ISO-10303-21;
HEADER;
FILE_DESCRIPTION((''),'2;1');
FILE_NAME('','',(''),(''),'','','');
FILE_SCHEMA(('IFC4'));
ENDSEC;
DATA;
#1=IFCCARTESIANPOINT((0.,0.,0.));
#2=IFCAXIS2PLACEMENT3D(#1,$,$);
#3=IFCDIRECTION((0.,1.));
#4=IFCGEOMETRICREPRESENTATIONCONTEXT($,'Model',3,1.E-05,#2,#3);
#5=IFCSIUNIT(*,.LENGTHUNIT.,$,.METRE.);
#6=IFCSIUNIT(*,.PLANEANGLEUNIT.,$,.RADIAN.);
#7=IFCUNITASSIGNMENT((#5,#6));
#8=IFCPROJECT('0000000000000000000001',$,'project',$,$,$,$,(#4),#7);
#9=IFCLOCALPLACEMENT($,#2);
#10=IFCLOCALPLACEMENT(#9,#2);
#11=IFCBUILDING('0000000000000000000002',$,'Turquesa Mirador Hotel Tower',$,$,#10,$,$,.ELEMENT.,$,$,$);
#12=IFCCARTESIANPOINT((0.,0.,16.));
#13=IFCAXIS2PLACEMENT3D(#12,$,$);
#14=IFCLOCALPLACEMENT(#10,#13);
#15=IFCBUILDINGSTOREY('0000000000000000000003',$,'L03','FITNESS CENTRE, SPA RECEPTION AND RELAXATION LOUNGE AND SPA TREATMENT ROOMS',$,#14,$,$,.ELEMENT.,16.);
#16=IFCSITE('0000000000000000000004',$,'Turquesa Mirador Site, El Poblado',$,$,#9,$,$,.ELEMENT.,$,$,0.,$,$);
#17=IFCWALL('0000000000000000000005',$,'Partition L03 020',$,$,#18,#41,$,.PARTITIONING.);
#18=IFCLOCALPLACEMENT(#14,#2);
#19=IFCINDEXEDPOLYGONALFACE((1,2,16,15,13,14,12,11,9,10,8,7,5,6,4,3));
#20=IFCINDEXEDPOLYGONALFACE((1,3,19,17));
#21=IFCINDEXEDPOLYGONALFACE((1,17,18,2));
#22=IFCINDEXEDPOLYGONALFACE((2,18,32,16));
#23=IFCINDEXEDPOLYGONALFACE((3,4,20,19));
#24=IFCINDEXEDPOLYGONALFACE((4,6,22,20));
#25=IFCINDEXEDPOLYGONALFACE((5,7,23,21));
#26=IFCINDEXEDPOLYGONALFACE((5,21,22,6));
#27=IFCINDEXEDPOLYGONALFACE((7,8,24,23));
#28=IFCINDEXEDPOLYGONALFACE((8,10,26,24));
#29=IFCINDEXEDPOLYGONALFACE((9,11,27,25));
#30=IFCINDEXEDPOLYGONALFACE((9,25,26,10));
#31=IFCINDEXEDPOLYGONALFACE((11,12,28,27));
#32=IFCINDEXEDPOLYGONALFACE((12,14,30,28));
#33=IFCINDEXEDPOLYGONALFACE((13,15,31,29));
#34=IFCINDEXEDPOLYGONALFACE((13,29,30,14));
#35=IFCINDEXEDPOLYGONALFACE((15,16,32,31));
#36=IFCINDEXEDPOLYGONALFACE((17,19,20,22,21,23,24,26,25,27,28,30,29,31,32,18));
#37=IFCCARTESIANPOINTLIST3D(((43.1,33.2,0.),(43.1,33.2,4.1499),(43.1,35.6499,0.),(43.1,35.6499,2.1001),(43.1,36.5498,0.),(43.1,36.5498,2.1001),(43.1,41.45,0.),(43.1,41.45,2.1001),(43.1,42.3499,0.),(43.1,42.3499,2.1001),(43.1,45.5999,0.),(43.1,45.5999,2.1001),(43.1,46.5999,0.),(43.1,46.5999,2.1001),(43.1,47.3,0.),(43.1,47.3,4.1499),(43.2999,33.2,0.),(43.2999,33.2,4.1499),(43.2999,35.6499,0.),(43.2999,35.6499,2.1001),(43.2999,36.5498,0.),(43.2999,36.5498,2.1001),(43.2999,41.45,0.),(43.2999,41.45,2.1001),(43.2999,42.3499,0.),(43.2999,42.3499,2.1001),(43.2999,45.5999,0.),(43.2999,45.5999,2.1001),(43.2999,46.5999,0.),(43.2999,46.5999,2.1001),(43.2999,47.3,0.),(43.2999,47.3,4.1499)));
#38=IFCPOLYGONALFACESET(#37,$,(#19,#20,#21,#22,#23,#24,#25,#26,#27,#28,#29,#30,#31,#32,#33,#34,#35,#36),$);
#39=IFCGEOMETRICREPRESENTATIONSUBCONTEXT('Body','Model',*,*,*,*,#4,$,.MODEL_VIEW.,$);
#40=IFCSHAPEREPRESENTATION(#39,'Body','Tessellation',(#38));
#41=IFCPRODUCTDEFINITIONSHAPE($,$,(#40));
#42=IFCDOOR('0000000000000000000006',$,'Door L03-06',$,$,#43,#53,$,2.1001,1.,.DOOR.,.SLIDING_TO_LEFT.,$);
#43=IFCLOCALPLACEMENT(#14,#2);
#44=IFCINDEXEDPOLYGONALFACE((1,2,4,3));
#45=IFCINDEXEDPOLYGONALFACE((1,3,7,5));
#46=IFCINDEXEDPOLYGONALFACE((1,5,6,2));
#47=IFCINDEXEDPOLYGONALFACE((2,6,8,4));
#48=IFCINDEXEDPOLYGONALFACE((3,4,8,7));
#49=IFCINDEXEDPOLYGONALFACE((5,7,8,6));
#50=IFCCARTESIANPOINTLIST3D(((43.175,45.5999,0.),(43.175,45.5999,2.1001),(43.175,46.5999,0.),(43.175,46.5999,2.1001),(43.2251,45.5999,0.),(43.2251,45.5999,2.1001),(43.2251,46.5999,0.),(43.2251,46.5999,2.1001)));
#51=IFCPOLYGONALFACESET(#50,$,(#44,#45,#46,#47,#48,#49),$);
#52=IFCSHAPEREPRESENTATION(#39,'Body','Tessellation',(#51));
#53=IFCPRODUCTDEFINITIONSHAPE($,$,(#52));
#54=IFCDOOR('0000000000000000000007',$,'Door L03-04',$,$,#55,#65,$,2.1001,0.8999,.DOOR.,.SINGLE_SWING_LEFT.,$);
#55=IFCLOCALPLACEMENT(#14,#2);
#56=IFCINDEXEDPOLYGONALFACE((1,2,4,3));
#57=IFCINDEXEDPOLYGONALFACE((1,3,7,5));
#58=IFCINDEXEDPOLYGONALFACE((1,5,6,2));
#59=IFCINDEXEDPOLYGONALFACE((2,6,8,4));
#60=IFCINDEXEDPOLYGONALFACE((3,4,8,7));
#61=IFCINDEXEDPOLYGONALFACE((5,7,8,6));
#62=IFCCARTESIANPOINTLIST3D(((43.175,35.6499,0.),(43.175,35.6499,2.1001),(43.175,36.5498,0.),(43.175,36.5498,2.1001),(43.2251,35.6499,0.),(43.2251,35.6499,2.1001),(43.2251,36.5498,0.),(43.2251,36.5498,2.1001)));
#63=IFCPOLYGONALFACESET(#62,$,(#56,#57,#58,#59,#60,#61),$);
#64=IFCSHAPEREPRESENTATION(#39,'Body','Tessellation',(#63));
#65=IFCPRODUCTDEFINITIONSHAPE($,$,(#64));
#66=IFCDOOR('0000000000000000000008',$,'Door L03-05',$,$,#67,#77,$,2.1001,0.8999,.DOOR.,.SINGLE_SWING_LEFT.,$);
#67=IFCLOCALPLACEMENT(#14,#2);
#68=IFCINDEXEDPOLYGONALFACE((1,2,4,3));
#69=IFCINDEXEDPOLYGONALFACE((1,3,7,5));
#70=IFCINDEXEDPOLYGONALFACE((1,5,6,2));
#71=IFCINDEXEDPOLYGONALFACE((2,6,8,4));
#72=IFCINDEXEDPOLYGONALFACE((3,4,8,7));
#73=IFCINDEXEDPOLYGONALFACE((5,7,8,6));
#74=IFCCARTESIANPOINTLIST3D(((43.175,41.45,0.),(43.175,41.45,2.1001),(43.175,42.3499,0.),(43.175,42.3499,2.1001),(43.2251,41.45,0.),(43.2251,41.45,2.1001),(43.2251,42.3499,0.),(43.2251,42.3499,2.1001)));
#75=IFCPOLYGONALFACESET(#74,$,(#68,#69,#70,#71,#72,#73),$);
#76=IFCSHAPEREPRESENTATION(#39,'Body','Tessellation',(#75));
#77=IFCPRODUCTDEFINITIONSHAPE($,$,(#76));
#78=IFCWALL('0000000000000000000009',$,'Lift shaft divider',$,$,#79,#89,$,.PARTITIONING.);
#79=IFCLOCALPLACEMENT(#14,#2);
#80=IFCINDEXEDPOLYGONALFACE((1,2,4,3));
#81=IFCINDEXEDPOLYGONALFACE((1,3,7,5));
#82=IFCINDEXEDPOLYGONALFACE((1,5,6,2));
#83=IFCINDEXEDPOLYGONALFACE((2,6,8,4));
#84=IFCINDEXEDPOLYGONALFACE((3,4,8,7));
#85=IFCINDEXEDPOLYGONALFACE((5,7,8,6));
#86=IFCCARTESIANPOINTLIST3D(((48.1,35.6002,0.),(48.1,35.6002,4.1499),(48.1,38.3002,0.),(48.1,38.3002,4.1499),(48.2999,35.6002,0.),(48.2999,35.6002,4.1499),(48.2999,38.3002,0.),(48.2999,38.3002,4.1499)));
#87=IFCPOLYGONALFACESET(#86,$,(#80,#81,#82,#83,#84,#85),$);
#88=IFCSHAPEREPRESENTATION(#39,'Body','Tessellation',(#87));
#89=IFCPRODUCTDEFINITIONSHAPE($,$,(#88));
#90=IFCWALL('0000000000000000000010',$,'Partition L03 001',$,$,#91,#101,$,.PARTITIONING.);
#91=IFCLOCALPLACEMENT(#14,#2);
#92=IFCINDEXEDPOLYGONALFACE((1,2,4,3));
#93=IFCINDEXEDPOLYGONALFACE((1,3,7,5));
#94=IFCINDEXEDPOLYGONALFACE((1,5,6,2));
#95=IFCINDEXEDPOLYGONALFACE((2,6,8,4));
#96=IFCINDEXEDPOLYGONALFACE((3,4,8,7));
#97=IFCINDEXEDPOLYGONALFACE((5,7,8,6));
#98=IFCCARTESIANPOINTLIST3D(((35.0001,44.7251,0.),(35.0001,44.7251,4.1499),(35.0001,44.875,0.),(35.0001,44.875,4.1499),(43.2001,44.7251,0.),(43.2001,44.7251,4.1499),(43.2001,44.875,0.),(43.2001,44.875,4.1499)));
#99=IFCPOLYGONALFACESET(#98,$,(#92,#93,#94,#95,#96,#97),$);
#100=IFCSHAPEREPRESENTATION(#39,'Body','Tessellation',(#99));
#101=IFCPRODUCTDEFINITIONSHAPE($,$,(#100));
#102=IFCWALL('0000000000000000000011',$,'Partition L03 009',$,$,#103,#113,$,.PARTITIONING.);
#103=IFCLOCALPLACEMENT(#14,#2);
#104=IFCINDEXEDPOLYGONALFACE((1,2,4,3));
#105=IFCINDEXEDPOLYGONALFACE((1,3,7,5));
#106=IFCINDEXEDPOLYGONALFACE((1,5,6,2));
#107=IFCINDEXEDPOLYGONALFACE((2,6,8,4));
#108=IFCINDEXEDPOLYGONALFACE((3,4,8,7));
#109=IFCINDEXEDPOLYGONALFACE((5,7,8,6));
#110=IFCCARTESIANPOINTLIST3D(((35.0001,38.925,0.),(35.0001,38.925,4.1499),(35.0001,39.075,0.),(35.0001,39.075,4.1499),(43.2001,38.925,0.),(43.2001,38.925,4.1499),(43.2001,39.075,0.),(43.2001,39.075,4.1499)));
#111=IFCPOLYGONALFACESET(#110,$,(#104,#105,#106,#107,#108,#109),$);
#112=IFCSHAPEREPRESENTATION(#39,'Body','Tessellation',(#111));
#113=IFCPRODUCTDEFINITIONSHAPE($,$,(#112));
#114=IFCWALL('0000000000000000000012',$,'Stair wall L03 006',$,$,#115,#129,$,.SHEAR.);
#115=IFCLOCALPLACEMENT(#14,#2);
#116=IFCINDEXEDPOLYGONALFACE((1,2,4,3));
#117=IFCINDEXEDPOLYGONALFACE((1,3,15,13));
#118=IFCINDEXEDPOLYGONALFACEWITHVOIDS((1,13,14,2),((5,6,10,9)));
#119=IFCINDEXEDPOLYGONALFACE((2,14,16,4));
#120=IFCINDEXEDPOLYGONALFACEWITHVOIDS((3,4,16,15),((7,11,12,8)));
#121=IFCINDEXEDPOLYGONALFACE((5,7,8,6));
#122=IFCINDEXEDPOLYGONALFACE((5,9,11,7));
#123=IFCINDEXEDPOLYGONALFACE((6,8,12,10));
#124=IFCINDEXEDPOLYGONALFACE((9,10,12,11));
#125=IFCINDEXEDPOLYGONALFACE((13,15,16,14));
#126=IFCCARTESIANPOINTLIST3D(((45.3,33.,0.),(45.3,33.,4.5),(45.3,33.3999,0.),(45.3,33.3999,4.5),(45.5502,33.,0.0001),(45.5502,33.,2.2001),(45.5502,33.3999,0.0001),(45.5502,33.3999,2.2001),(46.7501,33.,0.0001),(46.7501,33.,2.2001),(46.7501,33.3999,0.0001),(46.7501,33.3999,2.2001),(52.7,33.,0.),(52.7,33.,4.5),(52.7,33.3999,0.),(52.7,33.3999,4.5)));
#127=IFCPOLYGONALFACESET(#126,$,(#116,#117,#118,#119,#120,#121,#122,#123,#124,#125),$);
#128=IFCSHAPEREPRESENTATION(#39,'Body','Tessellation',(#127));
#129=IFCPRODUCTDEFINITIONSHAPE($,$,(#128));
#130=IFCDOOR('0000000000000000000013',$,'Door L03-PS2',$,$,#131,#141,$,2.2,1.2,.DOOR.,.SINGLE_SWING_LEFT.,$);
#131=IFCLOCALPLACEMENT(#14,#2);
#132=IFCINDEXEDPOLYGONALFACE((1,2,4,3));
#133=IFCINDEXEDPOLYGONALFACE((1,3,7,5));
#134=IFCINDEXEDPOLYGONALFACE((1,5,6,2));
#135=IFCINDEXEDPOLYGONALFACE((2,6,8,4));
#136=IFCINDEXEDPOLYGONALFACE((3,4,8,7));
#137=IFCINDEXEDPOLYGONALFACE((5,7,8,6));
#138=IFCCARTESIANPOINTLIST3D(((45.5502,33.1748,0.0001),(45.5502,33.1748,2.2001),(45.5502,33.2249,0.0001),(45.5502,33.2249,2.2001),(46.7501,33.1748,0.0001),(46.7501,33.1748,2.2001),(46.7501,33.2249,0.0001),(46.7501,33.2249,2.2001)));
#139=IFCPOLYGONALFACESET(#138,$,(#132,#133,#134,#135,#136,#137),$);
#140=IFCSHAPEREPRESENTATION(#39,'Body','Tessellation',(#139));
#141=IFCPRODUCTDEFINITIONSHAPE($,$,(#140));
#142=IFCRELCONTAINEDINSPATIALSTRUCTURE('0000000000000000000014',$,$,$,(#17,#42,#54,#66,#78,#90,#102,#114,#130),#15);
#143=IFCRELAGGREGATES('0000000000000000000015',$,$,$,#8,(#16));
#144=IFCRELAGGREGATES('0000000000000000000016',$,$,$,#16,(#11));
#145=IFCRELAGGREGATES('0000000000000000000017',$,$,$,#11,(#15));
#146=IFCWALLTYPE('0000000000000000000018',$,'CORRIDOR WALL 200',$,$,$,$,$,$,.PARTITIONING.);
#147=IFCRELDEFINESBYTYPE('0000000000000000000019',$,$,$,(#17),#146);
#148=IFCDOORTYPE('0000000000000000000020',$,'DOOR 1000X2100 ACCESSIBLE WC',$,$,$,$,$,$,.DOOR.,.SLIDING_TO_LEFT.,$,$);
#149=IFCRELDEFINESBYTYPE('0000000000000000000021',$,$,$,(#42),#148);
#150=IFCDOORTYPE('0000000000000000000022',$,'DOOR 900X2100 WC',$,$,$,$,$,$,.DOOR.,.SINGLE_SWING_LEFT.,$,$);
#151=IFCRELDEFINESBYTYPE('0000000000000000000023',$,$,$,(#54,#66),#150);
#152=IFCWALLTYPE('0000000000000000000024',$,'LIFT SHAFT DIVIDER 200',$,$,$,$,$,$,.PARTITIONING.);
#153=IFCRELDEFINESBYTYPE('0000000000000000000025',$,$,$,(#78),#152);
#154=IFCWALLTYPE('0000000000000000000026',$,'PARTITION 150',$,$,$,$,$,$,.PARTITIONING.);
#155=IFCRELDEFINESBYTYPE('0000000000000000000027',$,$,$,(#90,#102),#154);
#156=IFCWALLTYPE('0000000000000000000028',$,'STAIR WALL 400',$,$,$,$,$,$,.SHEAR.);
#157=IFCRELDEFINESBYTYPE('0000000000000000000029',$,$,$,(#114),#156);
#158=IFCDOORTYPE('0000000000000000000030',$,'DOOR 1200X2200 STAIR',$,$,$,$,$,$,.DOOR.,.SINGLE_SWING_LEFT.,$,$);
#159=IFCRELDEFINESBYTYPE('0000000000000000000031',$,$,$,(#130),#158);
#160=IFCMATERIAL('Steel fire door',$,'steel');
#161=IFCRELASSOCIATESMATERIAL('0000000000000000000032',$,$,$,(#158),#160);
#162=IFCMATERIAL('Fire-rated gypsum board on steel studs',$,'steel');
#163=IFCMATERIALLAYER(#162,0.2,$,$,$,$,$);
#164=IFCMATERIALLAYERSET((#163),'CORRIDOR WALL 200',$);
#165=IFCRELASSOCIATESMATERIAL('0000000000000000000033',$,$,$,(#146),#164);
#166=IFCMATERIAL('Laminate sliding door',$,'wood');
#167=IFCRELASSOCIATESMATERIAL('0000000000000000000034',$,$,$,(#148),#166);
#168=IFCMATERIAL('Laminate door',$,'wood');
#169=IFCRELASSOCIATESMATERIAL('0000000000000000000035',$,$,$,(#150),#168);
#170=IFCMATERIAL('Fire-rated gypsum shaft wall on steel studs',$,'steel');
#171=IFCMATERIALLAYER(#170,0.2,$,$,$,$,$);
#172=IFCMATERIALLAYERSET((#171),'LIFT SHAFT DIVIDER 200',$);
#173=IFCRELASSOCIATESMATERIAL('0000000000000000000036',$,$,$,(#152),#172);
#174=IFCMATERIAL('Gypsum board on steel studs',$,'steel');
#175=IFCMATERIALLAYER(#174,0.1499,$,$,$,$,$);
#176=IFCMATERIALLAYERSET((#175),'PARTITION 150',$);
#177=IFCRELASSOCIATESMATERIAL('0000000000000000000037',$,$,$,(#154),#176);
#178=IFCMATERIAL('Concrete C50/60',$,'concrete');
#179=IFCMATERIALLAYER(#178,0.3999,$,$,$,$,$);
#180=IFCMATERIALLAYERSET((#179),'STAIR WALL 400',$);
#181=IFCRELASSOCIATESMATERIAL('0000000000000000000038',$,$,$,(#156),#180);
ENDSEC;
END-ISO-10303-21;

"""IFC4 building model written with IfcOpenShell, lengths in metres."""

from ifc_helpers import new_model, si_unit, direction, frame, frame_2d, origin, place, context, subcontext, project, spatial, rectangle, extrude, material, layer, layer_set, type_object, element, fill, save


model = new_model("IFC4")

# Units and contexts
model_context = context("Model", 3, precision=1e-05, world=origin(), true_north=direction((0.0, 1.0)))
body_context = subcontext(model_context, "Body", "Model", "MODEL_VIEW")
ifc_project = project(units=[si_unit("LENGTHUNIT", "METRE"), si_unit("PLANEANGLEUNIT", "RADIAN")], contexts=[model_context])

# Site, building, storey
site_placement = place(None, origin())
site = spatial("IfcSite", under=ifc_project, at=site_placement, Name="Turquesa Mirador Site, El Poblado", CompositionType="ELEMENT", RefElevation=0.0)
building_placement = place(site_placement, origin())
building = spatial("IfcBuilding", under=site, at=building_placement, Name="Turquesa Mirador Hotel Tower", CompositionType="ELEMENT")
storey_placement = place(building_placement, frame((0.0, 0.0, 16.0)))
storey = spatial("IfcBuildingStorey", under=building, at=storey_placement, Name="L03", Description="FITNESS CENTRE, SPA RECEPTION AND RELAXATION LOUNGE AND SPA TREATMENT ROOMS", CompositionType="ELEMENT", Elevation=16.0)

# Shared definitions
ifc_material_1 = material(Name="Steel fire door", Category="steel")
door_type_1 = type_object("IfcDoorType", Name="DOOR 1200X2200 STAIR", OperationType="SINGLE_SWING_LEFT", PredefinedType="DOOR", material=ifc_material_1)

# Shared definitions
ifc_material_2 = material(Name="Fire-rated gypsum board on steel studs", Category="steel")
ifc_layer_1 = layer(ifc_material_2, 0.2)
ifc_layer_set_1 = layer_set([ifc_layer_1], Name="CORRIDOR WALL 200")
wall_type_1 = type_object("IfcWallType", Name="CORRIDOR WALL 200", PredefinedType="PARTITIONING", material=ifc_layer_set_1)

# Wall, openings, doors
wall_1_placement = place(storey_placement, frame((43.2, 33.2, 0.0), z_axis=(0.0, 0.0, 1.0), x_axis=(0.0, 1.0, 0.0)))
wall_1 = element("IfcWall", 1, at=wall_1_placement, inside=storey, type_object=wall_type_1, Name="Partition L03 020", PredefinedType="PARTITIONING", context=body_context, shape_type="SweptSolid", body=[
    extrude(rectangle(XDim=14.1001, YDim=0.2, at=frame_2d((7.05, 0.0))), origin(), (0.0, 0.0, 1.0), 4.1499),
])
opening_1_placement = place(wall_1_placement, frame((12.3999, 0.0, 0.0)))
opening_1 = element("IfcOpeningElement", 2, at=opening_1_placement, cuts=wall_1, PredefinedType="OPENING", context=body_context, shape_type="SweptSolid", body=[
    extrude(rectangle(XDim=1.0, YDim=2.1001, at=frame_2d((0.5, 1.05))), frame((0.0, 0.1099, 0.0), z_axis=(0.0, -1.0, 0.0), x_axis=(1.0, 0.0, 0.0)), (0.0, 0.0, 1.0), 0.22),
])
opening_2_placement = place(wall_1_placement, frame((2.45, 0.0, 0.0)))
opening_2 = element("IfcOpeningElement", 3, at=opening_2_placement, cuts=wall_1, PredefinedType="OPENING", context=body_context, shape_type="SweptSolid", body=[
    extrude(rectangle(XDim=0.8999, YDim=2.1001, at=frame_2d((0.45, 1.05))), frame((0.0, 0.1099, 0.0), z_axis=(0.0, -1.0, 0.0), x_axis=(1.0, 0.0, 0.0)), (0.0, 0.0, 1.0), 0.22),
])
opening_3_placement = place(wall_1_placement, frame((8.25, 0.0, 0.0)))
opening_3 = element("IfcOpeningElement", 4, at=opening_3_placement, cuts=wall_1, PredefinedType="OPENING", context=body_context, shape_type="SweptSolid", body=[
    extrude(rectangle(XDim=0.8999, YDim=2.1001, at=frame_2d((0.45, 1.05))), frame((0.0, 0.1099, 0.0), z_axis=(0.0, -1.0, 0.0), x_axis=(1.0, 0.0, 0.0)), (0.0, 0.0, 1.0), 0.22),
])
ifc_material_3 = material(Name="Laminate sliding door", Category="wood")
door_type_2 = type_object("IfcDoorType", Name="DOOR 1000X2100 ACCESSIBLE WC", OperationType="SLIDING_TO_LEFT", PredefinedType="DOOR", material=ifc_material_3)
door_1_placement = place(opening_1_placement, origin())
door_1 = element("IfcDoor", 5, at=door_1_placement, inside=storey, type_object=door_type_2, Name="Door L03-06", OperationType="SLIDING_TO_LEFT", OverallHeight=2.1001, OverallWidth=1.0, PredefinedType="DOOR", context=body_context, shape_type="SweptSolid", body=[
    extrude(rectangle(XDim=1.0, YDim=2.1001, at=frame_2d((0.5, 1.05))), frame((0.0, 0.0249, 0.0), z_axis=(0.0, -1.0, 0.0), x_axis=(1.0, 0.0, 0.0)), (0.0, 0.0, 1.0), 0.05),
])
fill(opening_1, door_1)
ifc_material_4 = material(Name="Laminate door", Category="wood")
door_type_3 = type_object("IfcDoorType", Name="DOOR 900X2100 WC", OperationType="SINGLE_SWING_LEFT", PredefinedType="DOOR", material=ifc_material_4)
door_2_placement = place(opening_2_placement, origin())
door_2 = element("IfcDoor", 6, at=door_2_placement, inside=storey, type_object=door_type_3, Name="Door L03-04", OperationType="SINGLE_SWING_LEFT", OverallHeight=2.1001, OverallWidth=0.8999, PredefinedType="DOOR", context=body_context, shape_type="SweptSolid", body=[
    extrude(rectangle(XDim=0.8999, YDim=2.1001, at=frame_2d((0.45, 1.05))), frame((0.0, 0.0249, 0.0), z_axis=(0.0, -1.0, 0.0), x_axis=(1.0, 0.0, 0.0)), (0.0, 0.0, 1.0), 0.05),
])
fill(opening_2, door_2)
door_3_placement = place(opening_3_placement, origin())
door_3 = element("IfcDoor", 7, at=door_3_placement, inside=storey, type_object=door_type_3, Name="Door L03-05", OperationType="SINGLE_SWING_LEFT", OverallHeight=2.1001, OverallWidth=0.8999, PredefinedType="DOOR", context=body_context, shape_type="SweptSolid", body=[
    extrude(rectangle(XDim=0.8999, YDim=2.1001, at=frame_2d((0.45, 1.05))), frame((0.0, 0.0249, 0.0), z_axis=(0.0, -1.0, 0.0), x_axis=(1.0, 0.0, 0.0)), (0.0, 0.0, 1.0), 0.05),
])
fill(opening_3, door_3)

# Walls
ifc_material_5 = material(Name="Fire-rated gypsum shaft wall on steel studs", Category="steel")
ifc_layer_2 = layer(ifc_material_5, 0.2)
ifc_layer_set_2 = layer_set([ifc_layer_2], Name="LIFT SHAFT DIVIDER 200")
wall_type_2 = type_object("IfcWallType", Name="LIFT SHAFT DIVIDER 200", PredefinedType="PARTITIONING", material=ifc_layer_set_2)
wall_2_placement = place(storey_placement, frame((48.2, 35.6001, 0.0), z_axis=(0.0, 0.0, 1.0), x_axis=(0.0, 1.0, 0.0)))
element("IfcWall", 8, at=wall_2_placement, inside=storey, type_object=wall_type_2, Name="Lift shaft divider", PredefinedType="PARTITIONING", context=body_context, shape_type="SweptSolid", body=[
    extrude(rectangle(XDim=2.7, YDim=0.2, at=frame_2d((1.3501, 0.0))), origin(), (0.0, 0.0, 1.0), 4.1499),
])
ifc_material_6 = material(Name="Gypsum board on steel studs", Category="steel")
ifc_layer_3 = layer(ifc_material_6, 0.1499)
ifc_layer_set_3 = layer_set([ifc_layer_3], Name="PARTITION 150")
wall_type_3 = type_object("IfcWallType", Name="PARTITION 150", PredefinedType="PARTITIONING", material=ifc_layer_set_3)
for number, where, z_axis, x_axis, name in (
    (9, (35.0, 44.8, 0.0), (0.0, 0.0, 1.0), (1.0, 0.0, 0.0), "Partition L03 001"),
    (10, (35.0, 39.0, 0.0), (0.0, 0.0, 1.0), (1.0, 0.0, 0.0), "Partition L03 009"),
):
    element("IfcWall", number, at=place(storey_placement, frame(where, z_axis=z_axis, x_axis=x_axis)), inside=storey, type_object=wall_type_3, Name=name, PredefinedType="PARTITIONING", context=body_context, shape_type="SweptSolid", body=[
        extrude(rectangle(XDim=8.2, YDim=0.1499, at=frame_2d((4.1001, 0.0))), origin(), (0.0, 0.0, 1.0), 4.1499),
    ])

# Wall, opening, door
ifc_material_7 = material(Name="Concrete C50/60", Category="concrete")
ifc_layer_4 = layer(ifc_material_7, 0.3999)
ifc_layer_set_4 = layer_set([ifc_layer_4], Name="STAIR WALL 400")
wall_type_4 = type_object("IfcWallType", Name="STAIR WALL 400", PredefinedType="SHEAR", material=ifc_layer_set_4)
wall_3_placement = place(storey_placement, frame((45.3, 33.2, 0.0), z_axis=(0.0, 0.0, 1.0), x_axis=(1.0, 0.0, 0.0)))
wall_3 = element("IfcWall", 11, at=wall_3_placement, inside=storey, type_object=wall_type_4, Name="Stair wall L03 006", PredefinedType="SHEAR", context=body_context, shape_type="SweptSolid", body=[
    extrude(rectangle(XDim=7.3999, YDim=0.3999, at=frame_2d((3.7, 0.0))), origin(), (0.0, 0.0, 1.0), 4.5),
])
opening_4_placement = place(wall_3_placement, frame((0.25, 0.0, 0.0)))
opening_4 = element("IfcOpeningElement", 12, at=opening_4_placement, cuts=wall_3, PredefinedType="OPENING", context=body_context, shape_type="SweptSolid", body=[
    extrude(rectangle(XDim=1.2, YDim=2.2, at=frame_2d((0.6001, 1.1001))), frame((0.0, 0.21, 0.0), z_axis=(0.0, -1.0, 0.0), x_axis=(1.0, 0.0, 0.0)), (0.0, 0.0, 1.0), 0.4199),
])
door_4_placement = place(opening_4_placement, origin())
door_4 = element("IfcDoor", 13, at=door_4_placement, inside=storey, type_object=door_type_1, Name="Door L03-PS2", OperationType="SINGLE_SWING_LEFT", OverallHeight=2.2, OverallWidth=1.2, PredefinedType="DOOR", context=body_context, shape_type="SweptSolid", body=[
    extrude(rectangle(XDim=1.2, YDim=2.2, at=frame_2d((0.6001, 1.1001))), frame((0.0, 0.0249, 0.0), z_axis=(0.0, -1.0, 0.0), x_axis=(1.0, 0.0, 0.0)), (0.0, 0.0, 1.0), 0.05),
])
fill(opening_4, door_4)

save(model, "model.ifc")
